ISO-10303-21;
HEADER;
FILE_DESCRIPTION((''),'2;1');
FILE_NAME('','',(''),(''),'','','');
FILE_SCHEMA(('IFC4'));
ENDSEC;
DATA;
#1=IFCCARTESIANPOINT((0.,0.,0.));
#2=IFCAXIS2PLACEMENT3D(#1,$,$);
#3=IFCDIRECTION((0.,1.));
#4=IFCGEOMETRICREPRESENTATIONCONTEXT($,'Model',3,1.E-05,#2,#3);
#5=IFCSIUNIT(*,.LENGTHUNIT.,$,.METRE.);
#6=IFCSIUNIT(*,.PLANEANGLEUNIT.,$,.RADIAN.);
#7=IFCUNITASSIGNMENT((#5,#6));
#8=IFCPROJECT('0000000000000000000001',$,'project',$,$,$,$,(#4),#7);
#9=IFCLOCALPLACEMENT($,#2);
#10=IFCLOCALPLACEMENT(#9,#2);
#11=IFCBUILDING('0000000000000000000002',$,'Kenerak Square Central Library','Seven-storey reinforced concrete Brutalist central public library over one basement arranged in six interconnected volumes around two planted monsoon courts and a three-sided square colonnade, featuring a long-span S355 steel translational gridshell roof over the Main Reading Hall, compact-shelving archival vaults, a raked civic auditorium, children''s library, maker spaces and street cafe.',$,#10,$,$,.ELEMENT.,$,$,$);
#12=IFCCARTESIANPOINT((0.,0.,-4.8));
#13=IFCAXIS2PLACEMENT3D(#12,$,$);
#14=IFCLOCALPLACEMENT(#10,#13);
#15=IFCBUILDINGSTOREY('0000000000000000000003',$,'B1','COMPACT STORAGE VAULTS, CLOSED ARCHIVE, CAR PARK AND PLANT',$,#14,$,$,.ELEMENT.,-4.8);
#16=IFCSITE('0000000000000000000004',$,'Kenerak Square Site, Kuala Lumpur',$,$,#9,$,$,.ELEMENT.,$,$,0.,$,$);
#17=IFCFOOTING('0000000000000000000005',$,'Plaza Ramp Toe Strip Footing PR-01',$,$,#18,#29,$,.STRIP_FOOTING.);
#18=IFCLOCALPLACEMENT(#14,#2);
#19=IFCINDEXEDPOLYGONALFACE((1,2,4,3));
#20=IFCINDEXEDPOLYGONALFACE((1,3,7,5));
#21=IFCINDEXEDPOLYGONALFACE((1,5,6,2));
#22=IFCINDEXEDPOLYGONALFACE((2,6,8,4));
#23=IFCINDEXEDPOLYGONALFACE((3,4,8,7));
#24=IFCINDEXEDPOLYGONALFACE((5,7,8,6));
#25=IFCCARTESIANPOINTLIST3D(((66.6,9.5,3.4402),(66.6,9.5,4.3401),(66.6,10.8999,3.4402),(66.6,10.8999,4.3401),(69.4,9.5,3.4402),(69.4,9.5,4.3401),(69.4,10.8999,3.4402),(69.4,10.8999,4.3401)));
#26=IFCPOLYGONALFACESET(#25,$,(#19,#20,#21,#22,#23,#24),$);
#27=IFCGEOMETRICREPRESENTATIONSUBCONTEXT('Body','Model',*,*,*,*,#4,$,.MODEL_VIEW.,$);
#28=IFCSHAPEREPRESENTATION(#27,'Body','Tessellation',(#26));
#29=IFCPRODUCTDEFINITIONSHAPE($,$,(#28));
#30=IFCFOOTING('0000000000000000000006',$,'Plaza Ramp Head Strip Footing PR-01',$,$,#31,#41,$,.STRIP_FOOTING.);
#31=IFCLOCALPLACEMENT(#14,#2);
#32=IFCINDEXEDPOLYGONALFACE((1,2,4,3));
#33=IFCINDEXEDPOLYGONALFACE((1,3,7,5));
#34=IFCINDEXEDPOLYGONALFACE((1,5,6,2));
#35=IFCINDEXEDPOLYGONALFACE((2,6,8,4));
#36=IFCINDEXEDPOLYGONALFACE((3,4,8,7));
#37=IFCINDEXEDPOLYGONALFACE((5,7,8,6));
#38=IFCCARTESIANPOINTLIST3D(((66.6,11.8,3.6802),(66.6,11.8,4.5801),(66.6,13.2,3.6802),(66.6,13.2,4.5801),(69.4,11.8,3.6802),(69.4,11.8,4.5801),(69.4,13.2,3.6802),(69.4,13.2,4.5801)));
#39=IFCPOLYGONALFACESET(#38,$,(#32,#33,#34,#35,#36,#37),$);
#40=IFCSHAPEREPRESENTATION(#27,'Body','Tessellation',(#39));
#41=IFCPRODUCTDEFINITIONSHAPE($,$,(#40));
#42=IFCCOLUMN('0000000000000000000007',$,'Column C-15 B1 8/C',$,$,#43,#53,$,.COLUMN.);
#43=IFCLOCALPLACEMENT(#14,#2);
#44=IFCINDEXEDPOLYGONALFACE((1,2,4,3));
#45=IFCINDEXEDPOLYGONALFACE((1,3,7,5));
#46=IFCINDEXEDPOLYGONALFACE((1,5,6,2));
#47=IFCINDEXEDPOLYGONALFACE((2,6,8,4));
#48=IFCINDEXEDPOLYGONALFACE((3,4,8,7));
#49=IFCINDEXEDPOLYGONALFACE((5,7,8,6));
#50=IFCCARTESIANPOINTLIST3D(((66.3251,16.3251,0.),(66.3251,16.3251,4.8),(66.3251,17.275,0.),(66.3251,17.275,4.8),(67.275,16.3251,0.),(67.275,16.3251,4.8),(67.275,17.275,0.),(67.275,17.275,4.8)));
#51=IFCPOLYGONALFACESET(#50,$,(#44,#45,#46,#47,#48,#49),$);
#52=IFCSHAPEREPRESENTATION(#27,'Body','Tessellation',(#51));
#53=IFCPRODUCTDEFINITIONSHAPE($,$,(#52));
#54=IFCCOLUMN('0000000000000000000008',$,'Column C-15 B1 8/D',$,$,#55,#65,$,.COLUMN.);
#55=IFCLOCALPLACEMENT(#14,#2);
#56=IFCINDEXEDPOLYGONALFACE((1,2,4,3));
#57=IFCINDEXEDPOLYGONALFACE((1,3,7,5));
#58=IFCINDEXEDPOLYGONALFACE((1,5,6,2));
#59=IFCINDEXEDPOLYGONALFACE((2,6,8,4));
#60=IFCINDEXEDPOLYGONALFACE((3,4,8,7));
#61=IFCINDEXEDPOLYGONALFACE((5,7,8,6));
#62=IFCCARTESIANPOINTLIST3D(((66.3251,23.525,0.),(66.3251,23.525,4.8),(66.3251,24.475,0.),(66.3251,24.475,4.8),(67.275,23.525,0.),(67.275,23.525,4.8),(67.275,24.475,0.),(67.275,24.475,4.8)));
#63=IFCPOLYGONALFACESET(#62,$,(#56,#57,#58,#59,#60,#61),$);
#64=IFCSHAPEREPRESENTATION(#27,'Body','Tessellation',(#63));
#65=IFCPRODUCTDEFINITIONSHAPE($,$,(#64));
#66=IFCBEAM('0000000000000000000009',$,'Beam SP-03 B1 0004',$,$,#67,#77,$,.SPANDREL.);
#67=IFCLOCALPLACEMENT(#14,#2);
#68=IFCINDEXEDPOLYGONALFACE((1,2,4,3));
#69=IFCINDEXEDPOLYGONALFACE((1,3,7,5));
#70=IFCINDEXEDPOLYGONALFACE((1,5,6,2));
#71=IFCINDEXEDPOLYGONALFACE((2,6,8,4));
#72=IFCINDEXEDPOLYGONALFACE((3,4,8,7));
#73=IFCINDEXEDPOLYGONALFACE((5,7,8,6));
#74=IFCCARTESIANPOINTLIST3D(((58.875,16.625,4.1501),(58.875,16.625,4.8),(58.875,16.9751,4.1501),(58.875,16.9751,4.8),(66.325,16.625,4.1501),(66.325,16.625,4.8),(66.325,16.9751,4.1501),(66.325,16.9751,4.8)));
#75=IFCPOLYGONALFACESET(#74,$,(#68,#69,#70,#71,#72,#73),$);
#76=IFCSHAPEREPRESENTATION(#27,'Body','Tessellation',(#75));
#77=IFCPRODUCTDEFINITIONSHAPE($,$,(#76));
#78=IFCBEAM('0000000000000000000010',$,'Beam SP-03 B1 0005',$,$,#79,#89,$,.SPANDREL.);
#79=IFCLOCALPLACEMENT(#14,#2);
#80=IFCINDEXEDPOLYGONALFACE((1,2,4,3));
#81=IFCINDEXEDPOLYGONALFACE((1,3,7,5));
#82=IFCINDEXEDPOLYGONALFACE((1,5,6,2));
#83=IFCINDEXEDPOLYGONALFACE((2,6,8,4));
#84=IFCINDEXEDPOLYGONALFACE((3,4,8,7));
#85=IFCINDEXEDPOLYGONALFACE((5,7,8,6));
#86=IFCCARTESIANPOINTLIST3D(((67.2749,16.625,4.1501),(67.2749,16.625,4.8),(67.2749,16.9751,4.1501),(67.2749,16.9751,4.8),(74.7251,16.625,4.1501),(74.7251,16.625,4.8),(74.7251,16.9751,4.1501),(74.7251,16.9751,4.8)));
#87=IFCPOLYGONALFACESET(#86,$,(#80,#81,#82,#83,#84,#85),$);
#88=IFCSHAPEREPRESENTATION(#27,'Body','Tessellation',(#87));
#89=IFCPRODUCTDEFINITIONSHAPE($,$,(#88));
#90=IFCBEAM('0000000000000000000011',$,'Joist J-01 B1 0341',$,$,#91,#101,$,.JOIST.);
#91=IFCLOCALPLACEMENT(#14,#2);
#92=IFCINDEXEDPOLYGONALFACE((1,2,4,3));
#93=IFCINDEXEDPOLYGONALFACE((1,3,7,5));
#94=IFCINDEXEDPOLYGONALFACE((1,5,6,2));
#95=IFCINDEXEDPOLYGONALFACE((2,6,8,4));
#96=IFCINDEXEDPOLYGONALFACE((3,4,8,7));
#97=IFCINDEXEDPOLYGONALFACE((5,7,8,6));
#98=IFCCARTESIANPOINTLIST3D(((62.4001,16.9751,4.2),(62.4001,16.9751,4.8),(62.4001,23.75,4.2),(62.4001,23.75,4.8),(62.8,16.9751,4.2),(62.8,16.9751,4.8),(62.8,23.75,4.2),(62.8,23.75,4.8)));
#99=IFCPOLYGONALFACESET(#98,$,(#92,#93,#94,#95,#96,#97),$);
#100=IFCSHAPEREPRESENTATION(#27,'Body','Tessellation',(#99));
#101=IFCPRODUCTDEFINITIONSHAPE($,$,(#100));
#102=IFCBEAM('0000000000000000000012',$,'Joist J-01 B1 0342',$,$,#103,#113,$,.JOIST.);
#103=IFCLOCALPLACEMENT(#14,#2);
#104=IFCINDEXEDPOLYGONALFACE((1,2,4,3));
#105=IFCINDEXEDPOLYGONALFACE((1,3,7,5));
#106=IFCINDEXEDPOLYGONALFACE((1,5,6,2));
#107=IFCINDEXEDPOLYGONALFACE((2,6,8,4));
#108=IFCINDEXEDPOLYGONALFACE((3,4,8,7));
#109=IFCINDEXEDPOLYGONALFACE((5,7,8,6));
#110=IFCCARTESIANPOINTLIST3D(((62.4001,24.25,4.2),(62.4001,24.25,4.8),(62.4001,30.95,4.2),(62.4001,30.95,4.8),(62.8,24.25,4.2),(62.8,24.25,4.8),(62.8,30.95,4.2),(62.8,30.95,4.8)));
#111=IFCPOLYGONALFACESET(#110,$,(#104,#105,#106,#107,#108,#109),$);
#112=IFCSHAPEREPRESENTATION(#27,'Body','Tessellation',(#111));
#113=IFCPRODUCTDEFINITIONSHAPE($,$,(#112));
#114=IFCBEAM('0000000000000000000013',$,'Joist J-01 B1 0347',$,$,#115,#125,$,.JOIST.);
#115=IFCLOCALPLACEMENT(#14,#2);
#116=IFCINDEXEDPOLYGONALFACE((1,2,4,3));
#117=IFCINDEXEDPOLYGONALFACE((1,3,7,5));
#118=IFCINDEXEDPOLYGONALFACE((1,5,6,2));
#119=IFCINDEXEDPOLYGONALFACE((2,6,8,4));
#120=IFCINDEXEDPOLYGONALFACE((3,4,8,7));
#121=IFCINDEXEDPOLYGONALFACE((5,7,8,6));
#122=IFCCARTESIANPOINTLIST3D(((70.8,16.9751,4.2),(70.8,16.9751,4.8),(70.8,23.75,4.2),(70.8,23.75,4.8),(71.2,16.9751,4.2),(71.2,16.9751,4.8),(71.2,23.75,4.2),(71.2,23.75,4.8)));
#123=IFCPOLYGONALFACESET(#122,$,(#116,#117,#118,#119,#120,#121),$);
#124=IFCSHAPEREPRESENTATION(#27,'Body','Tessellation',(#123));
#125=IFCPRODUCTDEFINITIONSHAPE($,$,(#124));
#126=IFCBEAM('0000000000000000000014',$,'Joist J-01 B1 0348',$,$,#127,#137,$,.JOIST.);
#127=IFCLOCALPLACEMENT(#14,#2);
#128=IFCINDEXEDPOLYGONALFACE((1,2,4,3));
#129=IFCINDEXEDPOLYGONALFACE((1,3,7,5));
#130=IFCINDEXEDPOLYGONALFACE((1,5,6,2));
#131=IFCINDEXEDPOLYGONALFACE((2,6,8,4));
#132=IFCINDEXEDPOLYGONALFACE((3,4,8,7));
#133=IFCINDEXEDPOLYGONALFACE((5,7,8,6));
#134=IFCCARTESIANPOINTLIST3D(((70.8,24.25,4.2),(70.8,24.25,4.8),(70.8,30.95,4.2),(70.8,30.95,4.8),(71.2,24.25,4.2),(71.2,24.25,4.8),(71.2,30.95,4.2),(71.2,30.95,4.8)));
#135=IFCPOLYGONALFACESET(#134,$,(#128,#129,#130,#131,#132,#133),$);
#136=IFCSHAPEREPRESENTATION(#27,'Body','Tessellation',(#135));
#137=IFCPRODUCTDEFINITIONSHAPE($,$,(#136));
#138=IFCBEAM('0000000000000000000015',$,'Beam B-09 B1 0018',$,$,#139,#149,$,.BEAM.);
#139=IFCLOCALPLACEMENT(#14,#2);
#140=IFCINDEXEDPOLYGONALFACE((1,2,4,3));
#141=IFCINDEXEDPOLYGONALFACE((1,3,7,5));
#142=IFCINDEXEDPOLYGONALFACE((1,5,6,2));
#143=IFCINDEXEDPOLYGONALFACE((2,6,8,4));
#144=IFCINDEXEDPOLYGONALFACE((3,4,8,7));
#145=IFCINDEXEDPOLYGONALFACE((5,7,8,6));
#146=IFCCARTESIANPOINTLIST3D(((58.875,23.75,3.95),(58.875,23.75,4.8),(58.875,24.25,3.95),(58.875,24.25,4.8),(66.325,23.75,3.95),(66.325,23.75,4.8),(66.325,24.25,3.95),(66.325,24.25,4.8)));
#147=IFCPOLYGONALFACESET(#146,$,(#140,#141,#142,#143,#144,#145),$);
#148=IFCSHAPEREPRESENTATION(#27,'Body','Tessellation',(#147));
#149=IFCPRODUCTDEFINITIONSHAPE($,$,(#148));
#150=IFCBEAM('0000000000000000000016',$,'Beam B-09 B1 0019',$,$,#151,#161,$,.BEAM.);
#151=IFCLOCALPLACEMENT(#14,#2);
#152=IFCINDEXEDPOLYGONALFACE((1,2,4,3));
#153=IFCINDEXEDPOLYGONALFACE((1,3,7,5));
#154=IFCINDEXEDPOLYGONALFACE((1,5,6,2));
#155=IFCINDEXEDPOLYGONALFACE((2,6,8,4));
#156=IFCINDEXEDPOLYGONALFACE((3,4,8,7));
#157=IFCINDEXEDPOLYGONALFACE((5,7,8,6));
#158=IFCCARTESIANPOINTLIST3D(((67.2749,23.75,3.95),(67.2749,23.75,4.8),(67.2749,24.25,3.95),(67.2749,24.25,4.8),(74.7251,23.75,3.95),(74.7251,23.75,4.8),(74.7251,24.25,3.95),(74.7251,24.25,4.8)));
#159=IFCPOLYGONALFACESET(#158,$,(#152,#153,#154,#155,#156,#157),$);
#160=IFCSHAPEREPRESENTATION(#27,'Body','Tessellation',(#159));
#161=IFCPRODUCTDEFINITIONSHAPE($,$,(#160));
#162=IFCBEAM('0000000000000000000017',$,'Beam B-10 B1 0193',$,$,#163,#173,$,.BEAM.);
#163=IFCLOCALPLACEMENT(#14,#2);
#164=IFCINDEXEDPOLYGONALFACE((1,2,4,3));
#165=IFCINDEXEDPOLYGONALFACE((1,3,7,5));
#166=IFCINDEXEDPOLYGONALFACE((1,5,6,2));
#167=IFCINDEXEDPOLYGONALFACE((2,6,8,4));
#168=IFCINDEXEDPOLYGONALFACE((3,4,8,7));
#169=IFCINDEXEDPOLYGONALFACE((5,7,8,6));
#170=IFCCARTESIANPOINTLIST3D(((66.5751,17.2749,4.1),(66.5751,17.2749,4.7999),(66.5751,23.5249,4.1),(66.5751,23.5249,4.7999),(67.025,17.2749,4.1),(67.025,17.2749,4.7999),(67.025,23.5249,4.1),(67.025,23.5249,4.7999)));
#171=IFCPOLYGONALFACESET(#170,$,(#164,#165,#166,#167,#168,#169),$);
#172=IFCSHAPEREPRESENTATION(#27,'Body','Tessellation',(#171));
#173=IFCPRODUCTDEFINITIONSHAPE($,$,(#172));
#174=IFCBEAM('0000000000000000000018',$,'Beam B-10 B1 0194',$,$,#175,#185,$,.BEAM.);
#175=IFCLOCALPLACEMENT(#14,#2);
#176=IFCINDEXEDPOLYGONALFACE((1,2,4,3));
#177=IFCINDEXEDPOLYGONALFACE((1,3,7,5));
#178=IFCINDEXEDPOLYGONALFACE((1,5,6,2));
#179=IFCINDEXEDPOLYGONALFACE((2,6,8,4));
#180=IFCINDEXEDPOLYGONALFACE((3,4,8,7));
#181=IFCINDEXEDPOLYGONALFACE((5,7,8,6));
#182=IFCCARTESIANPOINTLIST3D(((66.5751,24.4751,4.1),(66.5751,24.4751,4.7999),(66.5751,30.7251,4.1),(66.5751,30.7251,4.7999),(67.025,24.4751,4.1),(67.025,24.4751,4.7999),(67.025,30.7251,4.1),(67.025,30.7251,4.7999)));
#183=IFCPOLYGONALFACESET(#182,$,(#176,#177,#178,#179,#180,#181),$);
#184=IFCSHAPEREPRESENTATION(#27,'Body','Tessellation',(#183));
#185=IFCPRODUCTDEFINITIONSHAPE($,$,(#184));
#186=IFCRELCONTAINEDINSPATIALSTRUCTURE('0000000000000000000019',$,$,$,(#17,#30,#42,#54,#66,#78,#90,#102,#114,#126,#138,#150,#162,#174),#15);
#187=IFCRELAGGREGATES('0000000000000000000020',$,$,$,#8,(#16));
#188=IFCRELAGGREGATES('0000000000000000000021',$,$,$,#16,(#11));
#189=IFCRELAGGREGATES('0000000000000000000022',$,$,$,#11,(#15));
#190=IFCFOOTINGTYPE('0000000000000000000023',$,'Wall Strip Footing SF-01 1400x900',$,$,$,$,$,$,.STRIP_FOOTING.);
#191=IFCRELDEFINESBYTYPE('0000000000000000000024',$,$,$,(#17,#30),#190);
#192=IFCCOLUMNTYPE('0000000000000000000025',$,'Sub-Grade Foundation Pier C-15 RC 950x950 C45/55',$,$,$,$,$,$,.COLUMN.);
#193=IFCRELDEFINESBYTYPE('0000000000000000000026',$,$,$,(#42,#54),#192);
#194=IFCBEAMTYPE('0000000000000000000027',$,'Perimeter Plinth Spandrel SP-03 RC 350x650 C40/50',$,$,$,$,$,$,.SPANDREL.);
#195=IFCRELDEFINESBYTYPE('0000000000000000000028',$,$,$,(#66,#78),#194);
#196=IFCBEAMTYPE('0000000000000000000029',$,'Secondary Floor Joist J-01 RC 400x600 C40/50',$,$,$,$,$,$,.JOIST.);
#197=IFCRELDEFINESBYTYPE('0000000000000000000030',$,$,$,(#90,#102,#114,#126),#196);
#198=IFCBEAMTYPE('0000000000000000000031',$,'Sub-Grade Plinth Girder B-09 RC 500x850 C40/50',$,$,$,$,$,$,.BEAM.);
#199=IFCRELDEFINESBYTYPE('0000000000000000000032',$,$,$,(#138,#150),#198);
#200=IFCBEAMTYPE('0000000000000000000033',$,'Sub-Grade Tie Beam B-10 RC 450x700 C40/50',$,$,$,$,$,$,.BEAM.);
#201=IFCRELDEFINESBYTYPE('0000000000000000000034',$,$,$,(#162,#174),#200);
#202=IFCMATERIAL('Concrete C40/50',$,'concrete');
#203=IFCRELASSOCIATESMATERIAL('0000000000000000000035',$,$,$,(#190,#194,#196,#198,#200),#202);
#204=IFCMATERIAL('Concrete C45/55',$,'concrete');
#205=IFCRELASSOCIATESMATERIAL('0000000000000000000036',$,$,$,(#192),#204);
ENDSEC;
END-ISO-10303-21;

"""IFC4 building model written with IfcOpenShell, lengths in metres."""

from ifc_helpers import new_model, si_unit, direction, frame, origin, origin_2d, place, context, subcontext, project, spatial, rectangle, extrude, material, material_profile, profile_set, type_object, element, save


model = new_model("IFC4")

# Units and contexts
model_context = context("Model", 3, precision=1e-05, world=origin(), true_north=direction((0.0, 1.0)))
body_context = subcontext(model_context, "Body", "Model", "MODEL_VIEW")
ifc_project = project(units=[si_unit("LENGTHUNIT", "METRE"), si_unit("PLANEANGLEUNIT", "RADIAN")], contexts=[model_context])

# Site, building, storey
site_placement = place(None, origin())
site = spatial("IfcSite", under=ifc_project, at=site_placement, Name="Kenerak Square Site, Kuala Lumpur", CompositionType="ELEMENT", RefElevation=0.0)
building_placement = place(site_placement, origin())
building = spatial("IfcBuilding", under=site, at=building_placement, Name="Kenerak Square Central Library", Description="Seven-storey reinforced concrete Brutalist central public library over one basement arranged in six interconnected volumes around two planted monsoon courts and a three-sided square colonnade, featuring a long-span S355 steel translational gridshell roof over the Main Reading Hall, compact-shelving archival vaults, a raked civic auditorium, children's library, maker spaces and street cafe.", CompositionType="ELEMENT")
storey_placement = place(building_placement, frame((0.0, 0.0, -4.8)))
storey = spatial("IfcBuildingStorey", under=building, at=storey_placement, Name="B1", Description="COMPACT STORAGE VAULTS, CLOSED ARCHIVE, CAR PARK AND PLANT", CompositionType="ELEMENT", Elevation=-4.8)

# Shared definitions
ifc_material_1 = material(Name="Concrete C40/50", Category="concrete")

# Footings
footing_type_1 = type_object("IfcFootingType", Name="Wall Strip Footing SF-01 1400x900", PredefinedType="STRIP_FOOTING", material=ifc_material_1)
for number, where, z_axis, x_axis, name in (
    (1, (68.0, 10.2, 3.4402), (0.0, 0.0, 1.0), (1.0, 0.0, 0.0), "Plaza Ramp Toe Strip Footing PR-01"),
    (2, (68.0, 12.5, 3.6802), (0.0, 0.0, 1.0), (1.0, 0.0, 0.0), "Plaza Ramp Head Strip Footing PR-01"),
):
    element("IfcFooting", number, at=place(storey_placement, frame(where, z_axis=z_axis, x_axis=x_axis)), inside=storey, type_object=footing_type_1, Name=name, PredefinedType="STRIP_FOOTING", context=body_context, shape_type="SweptSolid", body=[
        extrude(rectangle(XDim=2.8, YDim=1.3999, at=origin_2d()), origin(), (0.0, 0.0, 1.0), 0.8999),
    ])

# Columns
ifc_material_2 = material(Name="Concrete C45/55", Category="concrete")
ifc_material_profile_1 = material_profile(ifc_material_2, rectangle(XDim=0.95, YDim=0.95, at=origin_2d()), Name="RC 950x950")
ifc_profile_set_1 = profile_set([ifc_material_profile_1], Name="Concrete C45/55")
column_type = type_object("IfcColumnType", Name="Sub-Grade Foundation Pier C-15 RC 950x950 C45/55", PredefinedType="COLUMN", material=ifc_profile_set_1)
for number, where, z_axis, x_axis, name in (
    (3, (66.8, 16.8, 0.0), (0.0, 0.0, 1.0), (1.0, 0.0, 0.0), "Column C-15 B1 8/C"),
    (4, (66.8, 24.0, 0.0), (0.0, 0.0, 1.0), (1.0, 0.0, 0.0), "Column C-15 B1 8/D"),
):
    element("IfcColumn", number, at=place(storey_placement, frame(where, z_axis=z_axis, x_axis=x_axis)), inside=storey, type_object=column_type, Name=name, PredefinedType="COLUMN", context=body_context, shape_type="SweptSolid", body=[
        extrude(rectangle(XDim=0.95, YDim=0.95, at=origin_2d()), origin(), (0.0, 0.0, 1.0), 4.8),
    ])

# Beams
ifc_material_profile_2 = material_profile(ifc_material_1, rectangle(XDim=0.3501, YDim=0.6499, at=origin_2d()), Name="RC 350x650")
ifc_profile_set_2 = profile_set([ifc_material_profile_2], Name="Concrete C40/50")
beam_type_1 = type_object("IfcBeamType", Name="Perimeter Plinth Spandrel SP-03 RC 350x650 C40/50", PredefinedType="SPANDREL", material=ifc_profile_set_2)
beam_1_placement = place(storey_placement, frame((58.875, 16.8, 4.4751), z_axis=(1.0, 0.0, 0.0), x_axis=(0.0, 1.0, 0.0)))
element("IfcBeam", 5, at=beam_1_placement, inside=storey, type_object=beam_type_1, Name="Beam SP-03 B1 0004", PredefinedType="SPANDREL", context=body_context, shape_type="SweptSolid", body=[
    extrude(rectangle(XDim=0.3501, YDim=0.6499, at=origin_2d()), origin(), (0.0, 0.0, 1.0), 7.45),
])
beam_2_placement = place(storey_placement, frame((67.2749, 16.8, 4.4751), z_axis=(1.0, 0.0, 0.0), x_axis=(0.0, 1.0, 0.0)))
element("IfcBeam", 6, at=beam_2_placement, inside=storey, type_object=beam_type_1, Name="Beam SP-03 B1 0005", PredefinedType="SPANDREL", context=body_context, shape_type="SweptSolid", body=[
    extrude(rectangle(XDim=0.3501, YDim=0.6499, at=origin_2d()), origin(), (0.0, 0.0, 1.0), 7.4502),
])
ifc_material_profile_3 = material_profile(ifc_material_1, rectangle(XDim=0.3999, YDim=0.6001, at=origin_2d()), Name="RC 400x600")
ifc_profile_set_3 = profile_set([ifc_material_profile_3], Name="Concrete C40/50")
beam_type_2 = type_object("IfcBeamType", Name="Secondary Floor Joist J-01 RC 400x600 C40/50", PredefinedType="JOIST", material=ifc_profile_set_3)
beam_3_placement = place(storey_placement, frame((62.6001, 16.9751, 4.5), z_axis=(0.0, 1.0, 0.0), x_axis=(-1.0, 0.0, 0.0)))
element("IfcBeam", 7, at=beam_3_placement, inside=storey, type_object=beam_type_2, Name="Joist J-01 B1 0341", PredefinedType="JOIST", context=body_context, shape_type="SweptSolid", body=[
    extrude(rectangle(XDim=0.3999, YDim=0.6001, at=origin_2d()), origin(), (0.0, 0.0, 1.0), 6.7749),
])
beam_4_placement = place(storey_placement, frame((62.6001, 24.25, 4.5), z_axis=(0.0, 1.0, 0.0), x_axis=(-1.0, 0.0, 0.0)))
element("IfcBeam", 8, at=beam_4_placement, inside=storey, type_object=beam_type_2, Name="Joist J-01 B1 0342", PredefinedType="JOIST", context=body_context, shape_type="SweptSolid", body=[
    extrude(rectangle(XDim=0.3999, YDim=0.6001, at=origin_2d()), origin(), (0.0, 0.0, 1.0), 6.7),
])
beam_5_placement = place(storey_placement, frame((71.0, 16.9751, 4.5), z_axis=(0.0, 1.0, 0.0), x_axis=(-1.0, 0.0, 0.0)))
element("IfcBeam", 9, at=beam_5_placement, inside=storey, type_object=beam_type_2, Name="Joist J-01 B1 0347", PredefinedType="JOIST", context=body_context, shape_type="SweptSolid", body=[
    extrude(rectangle(XDim=0.3999, YDim=0.6001, at=origin_2d()), origin(), (0.0, 0.0, 1.0), 6.7749),
])
beam_6_placement = place(storey_placement, frame((71.0, 24.25, 4.5), z_axis=(0.0, 1.0, 0.0), x_axis=(-1.0, 0.0, 0.0)))
element("IfcBeam", 10, at=beam_6_placement, inside=storey, type_object=beam_type_2, Name="Joist J-01 B1 0348", PredefinedType="JOIST", context=body_context, shape_type="SweptSolid", body=[
    extrude(rectangle(XDim=0.3999, YDim=0.6001, at=origin_2d()), origin(), (0.0, 0.0, 1.0), 6.7),
])
ifc_material_profile_4 = material_profile(ifc_material_1, rectangle(XDim=0.5, YDim=0.8501, at=origin_2d()), Name="RC 500x850")
ifc_profile_set_4 = profile_set([ifc_material_profile_4], Name="Concrete C40/50")
beam_type_3 = type_object("IfcBeamType", Name="Sub-Grade Plinth Girder B-09 RC 500x850 C40/50", PredefinedType="BEAM", material=ifc_profile_set_4)
beam_7_placement = place(storey_placement, frame((58.875, 24.0, 4.375), z_axis=(1.0, 0.0, 0.0), x_axis=(0.0, 1.0, 0.0)))
element("IfcBeam", 11, at=beam_7_placement, inside=storey, type_object=beam_type_3, Name="Beam B-09 B1 0018", PredefinedType="BEAM", context=body_context, shape_type="SweptSolid", body=[
    extrude(rectangle(XDim=0.5, YDim=0.8501, at=origin_2d()), origin(), (0.0, 0.0, 1.0), 7.45),
])
beam_8_placement = place(storey_placement, frame((67.2749, 24.0, 4.375), z_axis=(1.0, 0.0, 0.0), x_axis=(0.0, 1.0, 0.0)))
element("IfcBeam", 12, at=beam_8_placement, inside=storey, type_object=beam_type_3, Name="Beam B-09 B1 0019", PredefinedType="BEAM", context=body_context, shape_type="SweptSolid", body=[
    extrude(rectangle(XDim=0.5, YDim=0.8501, at=origin_2d()), origin(), (0.0, 0.0, 1.0), 7.4502),
])
ifc_material_profile_5 = material_profile(ifc_material_1, rectangle(XDim=0.45, YDim=0.7, at=origin_2d()), Name="RC 450x700")
ifc_profile_set_5 = profile_set([ifc_material_profile_5], Name="Concrete C40/50")
beam_type_4 = type_object("IfcBeamType", Name="Sub-Grade Tie Beam B-10 RC 450x700 C40/50", PredefinedType="BEAM", material=ifc_profile_set_5)
for number, where, z_axis, x_axis, name in (
    (13, (66.8, 17.2749, 4.45), (0.0, 1.0, 0.0), (-1.0, 0.0, 0.0), "Beam B-10 B1 0193"),
    (14, (66.8, 24.4751, 4.45), (0.0, 1.0, 0.0), (-1.0, 0.0, 0.0), "Beam B-10 B1 0194"),
):
    element("IfcBeam", number, at=place(storey_placement, frame(where, z_axis=z_axis, x_axis=x_axis)), inside=storey, type_object=beam_type_4, Name=name, PredefinedType="BEAM", context=body_context, shape_type="SweptSolid", body=[
        extrude(rectangle(XDim=0.45, YDim=0.7, at=origin_2d()), origin(), (0.0, 0.0, 1.0), 6.25),
    ])

save(model, "model.ifc")
